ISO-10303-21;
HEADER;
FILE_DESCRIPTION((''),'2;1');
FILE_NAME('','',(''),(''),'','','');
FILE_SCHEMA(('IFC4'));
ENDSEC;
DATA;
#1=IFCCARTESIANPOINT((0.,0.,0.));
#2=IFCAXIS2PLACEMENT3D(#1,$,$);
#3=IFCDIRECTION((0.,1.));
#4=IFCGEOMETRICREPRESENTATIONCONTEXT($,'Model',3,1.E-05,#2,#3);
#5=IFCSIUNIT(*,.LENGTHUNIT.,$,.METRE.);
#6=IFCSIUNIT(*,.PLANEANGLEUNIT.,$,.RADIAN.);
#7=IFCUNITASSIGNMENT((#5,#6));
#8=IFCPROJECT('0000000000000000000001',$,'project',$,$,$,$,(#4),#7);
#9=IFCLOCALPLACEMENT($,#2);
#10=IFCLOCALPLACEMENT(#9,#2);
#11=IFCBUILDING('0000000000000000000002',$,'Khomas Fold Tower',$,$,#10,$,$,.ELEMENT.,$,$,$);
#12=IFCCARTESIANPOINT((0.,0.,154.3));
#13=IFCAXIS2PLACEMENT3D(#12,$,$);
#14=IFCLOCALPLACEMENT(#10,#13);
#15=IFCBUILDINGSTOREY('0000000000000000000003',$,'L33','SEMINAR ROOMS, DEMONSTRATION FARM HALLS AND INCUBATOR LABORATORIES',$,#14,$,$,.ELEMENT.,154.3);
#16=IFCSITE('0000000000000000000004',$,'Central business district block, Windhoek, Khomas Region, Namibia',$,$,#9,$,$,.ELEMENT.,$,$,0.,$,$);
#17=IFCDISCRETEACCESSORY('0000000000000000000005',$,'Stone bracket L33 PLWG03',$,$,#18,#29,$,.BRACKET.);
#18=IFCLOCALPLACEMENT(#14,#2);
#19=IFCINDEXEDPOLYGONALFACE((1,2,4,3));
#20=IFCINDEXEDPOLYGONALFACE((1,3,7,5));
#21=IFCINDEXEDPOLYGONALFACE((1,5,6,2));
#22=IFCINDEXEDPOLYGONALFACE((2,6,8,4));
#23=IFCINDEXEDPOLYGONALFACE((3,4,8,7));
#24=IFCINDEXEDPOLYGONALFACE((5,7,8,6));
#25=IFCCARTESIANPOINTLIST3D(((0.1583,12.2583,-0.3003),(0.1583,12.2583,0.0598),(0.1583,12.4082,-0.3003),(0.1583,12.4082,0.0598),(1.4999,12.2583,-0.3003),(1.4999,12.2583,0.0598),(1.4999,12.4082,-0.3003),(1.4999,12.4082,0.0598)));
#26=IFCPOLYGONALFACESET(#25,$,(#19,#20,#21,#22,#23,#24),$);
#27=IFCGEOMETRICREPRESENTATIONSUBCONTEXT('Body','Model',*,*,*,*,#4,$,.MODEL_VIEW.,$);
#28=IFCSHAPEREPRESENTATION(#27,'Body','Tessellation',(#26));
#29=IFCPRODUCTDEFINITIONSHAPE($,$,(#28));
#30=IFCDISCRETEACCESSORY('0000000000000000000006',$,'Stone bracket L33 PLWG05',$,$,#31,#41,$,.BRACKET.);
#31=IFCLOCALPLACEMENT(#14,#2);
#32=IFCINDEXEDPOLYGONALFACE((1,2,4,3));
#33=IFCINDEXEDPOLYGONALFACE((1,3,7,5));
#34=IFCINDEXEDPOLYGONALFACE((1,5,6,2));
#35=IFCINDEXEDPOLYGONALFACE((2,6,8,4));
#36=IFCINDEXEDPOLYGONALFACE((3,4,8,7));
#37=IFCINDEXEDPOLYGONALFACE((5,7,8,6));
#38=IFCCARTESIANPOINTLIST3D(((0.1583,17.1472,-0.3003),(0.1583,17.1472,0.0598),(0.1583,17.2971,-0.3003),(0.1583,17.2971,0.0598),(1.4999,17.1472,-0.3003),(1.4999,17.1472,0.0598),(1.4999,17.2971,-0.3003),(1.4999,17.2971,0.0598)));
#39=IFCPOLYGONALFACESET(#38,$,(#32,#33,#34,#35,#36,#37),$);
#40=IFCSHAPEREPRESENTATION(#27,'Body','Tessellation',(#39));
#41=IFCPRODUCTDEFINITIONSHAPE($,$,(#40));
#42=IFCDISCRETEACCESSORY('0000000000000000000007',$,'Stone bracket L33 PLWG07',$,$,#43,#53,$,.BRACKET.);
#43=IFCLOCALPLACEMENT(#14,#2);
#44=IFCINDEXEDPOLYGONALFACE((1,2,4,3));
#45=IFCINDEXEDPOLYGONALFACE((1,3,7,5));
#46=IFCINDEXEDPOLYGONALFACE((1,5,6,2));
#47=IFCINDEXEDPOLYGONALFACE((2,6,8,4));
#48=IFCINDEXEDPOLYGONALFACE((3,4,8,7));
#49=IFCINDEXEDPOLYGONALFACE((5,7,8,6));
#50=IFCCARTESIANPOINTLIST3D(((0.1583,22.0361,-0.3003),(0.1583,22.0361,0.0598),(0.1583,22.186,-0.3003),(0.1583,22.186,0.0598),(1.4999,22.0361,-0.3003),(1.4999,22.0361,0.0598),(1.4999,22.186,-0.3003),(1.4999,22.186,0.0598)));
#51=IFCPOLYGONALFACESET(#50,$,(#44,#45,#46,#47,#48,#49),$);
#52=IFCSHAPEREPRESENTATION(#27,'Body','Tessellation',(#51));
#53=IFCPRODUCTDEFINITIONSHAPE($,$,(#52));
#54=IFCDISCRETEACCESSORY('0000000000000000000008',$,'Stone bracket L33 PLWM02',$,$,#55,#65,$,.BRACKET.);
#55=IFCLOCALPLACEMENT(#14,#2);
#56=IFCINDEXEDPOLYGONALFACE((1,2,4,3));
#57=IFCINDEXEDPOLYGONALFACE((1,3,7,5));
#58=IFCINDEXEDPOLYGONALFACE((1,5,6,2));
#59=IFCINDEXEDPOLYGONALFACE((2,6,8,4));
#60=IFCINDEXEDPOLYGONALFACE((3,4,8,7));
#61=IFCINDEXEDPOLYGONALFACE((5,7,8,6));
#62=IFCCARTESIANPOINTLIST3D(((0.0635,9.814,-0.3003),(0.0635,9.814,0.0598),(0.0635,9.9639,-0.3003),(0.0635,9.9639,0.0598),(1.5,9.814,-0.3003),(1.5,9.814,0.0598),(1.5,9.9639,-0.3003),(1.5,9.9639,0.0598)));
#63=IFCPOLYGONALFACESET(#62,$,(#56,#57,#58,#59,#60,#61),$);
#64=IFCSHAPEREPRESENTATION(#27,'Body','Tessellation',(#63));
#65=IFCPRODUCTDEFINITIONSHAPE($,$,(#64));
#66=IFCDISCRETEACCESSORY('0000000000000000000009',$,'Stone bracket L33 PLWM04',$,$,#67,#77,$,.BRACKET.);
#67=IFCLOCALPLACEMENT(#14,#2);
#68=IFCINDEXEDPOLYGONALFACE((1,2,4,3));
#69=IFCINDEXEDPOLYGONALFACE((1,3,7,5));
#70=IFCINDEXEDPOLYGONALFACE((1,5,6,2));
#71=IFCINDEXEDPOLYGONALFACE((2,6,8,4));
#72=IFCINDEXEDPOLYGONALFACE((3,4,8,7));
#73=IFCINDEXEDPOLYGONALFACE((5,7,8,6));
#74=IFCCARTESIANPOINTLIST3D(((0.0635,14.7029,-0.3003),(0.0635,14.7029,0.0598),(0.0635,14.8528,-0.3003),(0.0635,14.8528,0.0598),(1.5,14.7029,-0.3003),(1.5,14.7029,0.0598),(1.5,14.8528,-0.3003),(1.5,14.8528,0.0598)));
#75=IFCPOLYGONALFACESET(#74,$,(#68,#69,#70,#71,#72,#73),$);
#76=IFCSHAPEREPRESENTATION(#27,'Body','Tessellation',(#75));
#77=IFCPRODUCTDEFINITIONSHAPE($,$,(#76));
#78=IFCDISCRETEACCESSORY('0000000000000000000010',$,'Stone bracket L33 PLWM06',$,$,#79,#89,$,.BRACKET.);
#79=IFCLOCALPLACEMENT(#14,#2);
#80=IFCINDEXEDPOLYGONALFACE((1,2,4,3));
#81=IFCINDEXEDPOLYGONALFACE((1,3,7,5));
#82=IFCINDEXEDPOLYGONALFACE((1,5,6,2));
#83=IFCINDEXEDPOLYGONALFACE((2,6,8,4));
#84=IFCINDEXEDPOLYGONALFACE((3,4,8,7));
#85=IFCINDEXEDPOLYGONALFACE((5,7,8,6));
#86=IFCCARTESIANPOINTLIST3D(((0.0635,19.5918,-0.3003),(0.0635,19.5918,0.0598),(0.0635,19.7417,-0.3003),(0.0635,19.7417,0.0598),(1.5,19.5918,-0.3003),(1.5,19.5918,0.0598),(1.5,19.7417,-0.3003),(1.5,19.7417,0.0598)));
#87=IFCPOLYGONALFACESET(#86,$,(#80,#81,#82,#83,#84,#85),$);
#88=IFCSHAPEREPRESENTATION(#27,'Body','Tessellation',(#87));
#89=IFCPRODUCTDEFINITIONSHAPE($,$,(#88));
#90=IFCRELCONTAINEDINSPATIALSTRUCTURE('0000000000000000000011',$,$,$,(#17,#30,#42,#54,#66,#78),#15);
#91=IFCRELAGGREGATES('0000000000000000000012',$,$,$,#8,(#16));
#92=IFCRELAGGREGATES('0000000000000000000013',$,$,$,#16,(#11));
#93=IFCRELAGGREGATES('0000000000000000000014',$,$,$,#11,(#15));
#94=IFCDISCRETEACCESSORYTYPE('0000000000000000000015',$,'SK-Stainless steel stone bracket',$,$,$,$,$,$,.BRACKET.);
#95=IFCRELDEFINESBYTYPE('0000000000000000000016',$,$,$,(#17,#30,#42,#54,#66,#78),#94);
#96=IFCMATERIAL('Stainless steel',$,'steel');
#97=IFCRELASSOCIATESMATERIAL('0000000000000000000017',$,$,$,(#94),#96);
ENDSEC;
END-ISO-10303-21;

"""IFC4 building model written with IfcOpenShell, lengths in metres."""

from ifc_helpers import new_model, si_unit, direction, frame, origin, origin_2d, place, context, subcontext, project, spatial, rectangle, extrude, source, transform, mapped, material, type_object, element, save


model = new_model("IFC4")

# Units and contexts
model_context = context("Model", 3, precision=1e-05, world=origin(), true_north=direction((0.0, 1.0)))
body_context = subcontext(model_context, "Body", "Model", "MODEL_VIEW")
ifc_project = project(units=[si_unit("LENGTHUNIT", "METRE"), si_unit("PLANEANGLEUNIT", "RADIAN")], contexts=[model_context])

# Site, building, storey
site_placement = place(None, origin())
site = spatial("IfcSite", under=ifc_project, at=site_placement, Name="Central business district block, Windhoek, Khomas Region, Namibia", CompositionType="ELEMENT", RefElevation=0.0)
building_placement = place(site_placement, origin())
building = spatial("IfcBuilding", under=site, at=building_placement, Name="Khomas Fold Tower", CompositionType="ELEMENT")
storey_placement = place(building_placement, frame((0.0, 0.0, 154.3)))
storey = spatial("IfcBuildingStorey", under=building, at=storey_placement, Name="L33", Description="SEMINAR ROOMS, DEMONSTRATION FARM HALLS AND INCUBATOR LABORATORIES", CompositionType="ELEMENT", Elevation=154.3)

# Discrete accessories
ifc_material_1 = material(Name="Stainless steel", Category="steel")
discrete_accessory_type = type_object("IfcDiscreteAccessoryType", Name="SK-Stainless steel stone bracket", PredefinedType="BRACKET", material=ifc_material_1)
shared_shape_1 = source(origin(), body_context, "Body", "SweptSolid", [
    extrude(rectangle(XDim=1.3416, YDim=0.1499, at=origin_2d()), origin(), (0.0, 0.0, 1.0), 0.3601),
])
for number, where, z_axis, x_axis, name in (
    (1, (0.8291, 12.3333, -0.3003), (0.0, 0.0, 1.0), (-1.0, 0.0, 0.0), "Stone bracket L33 PLWG03"),
    (2, (0.8291, 17.2222, -0.3003), (0.0, 0.0, 1.0), (-1.0, 0.0, 0.0), "Stone bracket L33 PLWG05"),
    (3, (0.8291, 22.1111, -0.3003), (0.0, 0.0, 1.0), (-1.0, 0.0, 0.0), "Stone bracket L33 PLWG07"),
):
    element("IfcDiscreteAccessory", number, at=place(storey_placement, frame(where, z_axis=z_axis, x_axis=x_axis)), inside=storey, type_object=discrete_accessory_type, Name=name, PredefinedType="BRACKET", context=body_context, shape_type="MappedRepresentation", body=[
        mapped(shared_shape_1, transform((0.0, 0.0, 0.0))),
    ])
shared_shape_2 = source(origin(), body_context, "Body", "SweptSolid", [
    extrude(rectangle(XDim=1.4365, YDim=0.1499, at=origin_2d()), origin(), (0.0, 0.0, 1.0), 0.3601),
])
for number, where, z_axis, x_axis, name in (
    (4, (0.7817, 9.8889, -0.3003), (0.0, 0.0, 1.0), (-1.0, 0.0, 0.0), "Stone bracket L33 PLWM02"),
    (5, (0.7817, 14.7778, -0.3003), (0.0, 0.0, 1.0), (-1.0, 0.0, 0.0), "Stone bracket L33 PLWM04"),
    (6, (0.7817, 19.6667, -0.3003), (0.0, 0.0, 1.0), (-1.0, 0.0, 0.0), "Stone bracket L33 PLWM06"),
):
    element("IfcDiscreteAccessory", number, at=place(storey_placement, frame(where, z_axis=z_axis, x_axis=x_axis)), inside=storey, type_object=discrete_accessory_type, Name=name, PredefinedType="BRACKET", context=body_context, shape_type="MappedRepresentation", body=[
        mapped(shared_shape_2, transform((0.0, 0.0, 0.0))),
    ])

save(model, "model.ifc")
